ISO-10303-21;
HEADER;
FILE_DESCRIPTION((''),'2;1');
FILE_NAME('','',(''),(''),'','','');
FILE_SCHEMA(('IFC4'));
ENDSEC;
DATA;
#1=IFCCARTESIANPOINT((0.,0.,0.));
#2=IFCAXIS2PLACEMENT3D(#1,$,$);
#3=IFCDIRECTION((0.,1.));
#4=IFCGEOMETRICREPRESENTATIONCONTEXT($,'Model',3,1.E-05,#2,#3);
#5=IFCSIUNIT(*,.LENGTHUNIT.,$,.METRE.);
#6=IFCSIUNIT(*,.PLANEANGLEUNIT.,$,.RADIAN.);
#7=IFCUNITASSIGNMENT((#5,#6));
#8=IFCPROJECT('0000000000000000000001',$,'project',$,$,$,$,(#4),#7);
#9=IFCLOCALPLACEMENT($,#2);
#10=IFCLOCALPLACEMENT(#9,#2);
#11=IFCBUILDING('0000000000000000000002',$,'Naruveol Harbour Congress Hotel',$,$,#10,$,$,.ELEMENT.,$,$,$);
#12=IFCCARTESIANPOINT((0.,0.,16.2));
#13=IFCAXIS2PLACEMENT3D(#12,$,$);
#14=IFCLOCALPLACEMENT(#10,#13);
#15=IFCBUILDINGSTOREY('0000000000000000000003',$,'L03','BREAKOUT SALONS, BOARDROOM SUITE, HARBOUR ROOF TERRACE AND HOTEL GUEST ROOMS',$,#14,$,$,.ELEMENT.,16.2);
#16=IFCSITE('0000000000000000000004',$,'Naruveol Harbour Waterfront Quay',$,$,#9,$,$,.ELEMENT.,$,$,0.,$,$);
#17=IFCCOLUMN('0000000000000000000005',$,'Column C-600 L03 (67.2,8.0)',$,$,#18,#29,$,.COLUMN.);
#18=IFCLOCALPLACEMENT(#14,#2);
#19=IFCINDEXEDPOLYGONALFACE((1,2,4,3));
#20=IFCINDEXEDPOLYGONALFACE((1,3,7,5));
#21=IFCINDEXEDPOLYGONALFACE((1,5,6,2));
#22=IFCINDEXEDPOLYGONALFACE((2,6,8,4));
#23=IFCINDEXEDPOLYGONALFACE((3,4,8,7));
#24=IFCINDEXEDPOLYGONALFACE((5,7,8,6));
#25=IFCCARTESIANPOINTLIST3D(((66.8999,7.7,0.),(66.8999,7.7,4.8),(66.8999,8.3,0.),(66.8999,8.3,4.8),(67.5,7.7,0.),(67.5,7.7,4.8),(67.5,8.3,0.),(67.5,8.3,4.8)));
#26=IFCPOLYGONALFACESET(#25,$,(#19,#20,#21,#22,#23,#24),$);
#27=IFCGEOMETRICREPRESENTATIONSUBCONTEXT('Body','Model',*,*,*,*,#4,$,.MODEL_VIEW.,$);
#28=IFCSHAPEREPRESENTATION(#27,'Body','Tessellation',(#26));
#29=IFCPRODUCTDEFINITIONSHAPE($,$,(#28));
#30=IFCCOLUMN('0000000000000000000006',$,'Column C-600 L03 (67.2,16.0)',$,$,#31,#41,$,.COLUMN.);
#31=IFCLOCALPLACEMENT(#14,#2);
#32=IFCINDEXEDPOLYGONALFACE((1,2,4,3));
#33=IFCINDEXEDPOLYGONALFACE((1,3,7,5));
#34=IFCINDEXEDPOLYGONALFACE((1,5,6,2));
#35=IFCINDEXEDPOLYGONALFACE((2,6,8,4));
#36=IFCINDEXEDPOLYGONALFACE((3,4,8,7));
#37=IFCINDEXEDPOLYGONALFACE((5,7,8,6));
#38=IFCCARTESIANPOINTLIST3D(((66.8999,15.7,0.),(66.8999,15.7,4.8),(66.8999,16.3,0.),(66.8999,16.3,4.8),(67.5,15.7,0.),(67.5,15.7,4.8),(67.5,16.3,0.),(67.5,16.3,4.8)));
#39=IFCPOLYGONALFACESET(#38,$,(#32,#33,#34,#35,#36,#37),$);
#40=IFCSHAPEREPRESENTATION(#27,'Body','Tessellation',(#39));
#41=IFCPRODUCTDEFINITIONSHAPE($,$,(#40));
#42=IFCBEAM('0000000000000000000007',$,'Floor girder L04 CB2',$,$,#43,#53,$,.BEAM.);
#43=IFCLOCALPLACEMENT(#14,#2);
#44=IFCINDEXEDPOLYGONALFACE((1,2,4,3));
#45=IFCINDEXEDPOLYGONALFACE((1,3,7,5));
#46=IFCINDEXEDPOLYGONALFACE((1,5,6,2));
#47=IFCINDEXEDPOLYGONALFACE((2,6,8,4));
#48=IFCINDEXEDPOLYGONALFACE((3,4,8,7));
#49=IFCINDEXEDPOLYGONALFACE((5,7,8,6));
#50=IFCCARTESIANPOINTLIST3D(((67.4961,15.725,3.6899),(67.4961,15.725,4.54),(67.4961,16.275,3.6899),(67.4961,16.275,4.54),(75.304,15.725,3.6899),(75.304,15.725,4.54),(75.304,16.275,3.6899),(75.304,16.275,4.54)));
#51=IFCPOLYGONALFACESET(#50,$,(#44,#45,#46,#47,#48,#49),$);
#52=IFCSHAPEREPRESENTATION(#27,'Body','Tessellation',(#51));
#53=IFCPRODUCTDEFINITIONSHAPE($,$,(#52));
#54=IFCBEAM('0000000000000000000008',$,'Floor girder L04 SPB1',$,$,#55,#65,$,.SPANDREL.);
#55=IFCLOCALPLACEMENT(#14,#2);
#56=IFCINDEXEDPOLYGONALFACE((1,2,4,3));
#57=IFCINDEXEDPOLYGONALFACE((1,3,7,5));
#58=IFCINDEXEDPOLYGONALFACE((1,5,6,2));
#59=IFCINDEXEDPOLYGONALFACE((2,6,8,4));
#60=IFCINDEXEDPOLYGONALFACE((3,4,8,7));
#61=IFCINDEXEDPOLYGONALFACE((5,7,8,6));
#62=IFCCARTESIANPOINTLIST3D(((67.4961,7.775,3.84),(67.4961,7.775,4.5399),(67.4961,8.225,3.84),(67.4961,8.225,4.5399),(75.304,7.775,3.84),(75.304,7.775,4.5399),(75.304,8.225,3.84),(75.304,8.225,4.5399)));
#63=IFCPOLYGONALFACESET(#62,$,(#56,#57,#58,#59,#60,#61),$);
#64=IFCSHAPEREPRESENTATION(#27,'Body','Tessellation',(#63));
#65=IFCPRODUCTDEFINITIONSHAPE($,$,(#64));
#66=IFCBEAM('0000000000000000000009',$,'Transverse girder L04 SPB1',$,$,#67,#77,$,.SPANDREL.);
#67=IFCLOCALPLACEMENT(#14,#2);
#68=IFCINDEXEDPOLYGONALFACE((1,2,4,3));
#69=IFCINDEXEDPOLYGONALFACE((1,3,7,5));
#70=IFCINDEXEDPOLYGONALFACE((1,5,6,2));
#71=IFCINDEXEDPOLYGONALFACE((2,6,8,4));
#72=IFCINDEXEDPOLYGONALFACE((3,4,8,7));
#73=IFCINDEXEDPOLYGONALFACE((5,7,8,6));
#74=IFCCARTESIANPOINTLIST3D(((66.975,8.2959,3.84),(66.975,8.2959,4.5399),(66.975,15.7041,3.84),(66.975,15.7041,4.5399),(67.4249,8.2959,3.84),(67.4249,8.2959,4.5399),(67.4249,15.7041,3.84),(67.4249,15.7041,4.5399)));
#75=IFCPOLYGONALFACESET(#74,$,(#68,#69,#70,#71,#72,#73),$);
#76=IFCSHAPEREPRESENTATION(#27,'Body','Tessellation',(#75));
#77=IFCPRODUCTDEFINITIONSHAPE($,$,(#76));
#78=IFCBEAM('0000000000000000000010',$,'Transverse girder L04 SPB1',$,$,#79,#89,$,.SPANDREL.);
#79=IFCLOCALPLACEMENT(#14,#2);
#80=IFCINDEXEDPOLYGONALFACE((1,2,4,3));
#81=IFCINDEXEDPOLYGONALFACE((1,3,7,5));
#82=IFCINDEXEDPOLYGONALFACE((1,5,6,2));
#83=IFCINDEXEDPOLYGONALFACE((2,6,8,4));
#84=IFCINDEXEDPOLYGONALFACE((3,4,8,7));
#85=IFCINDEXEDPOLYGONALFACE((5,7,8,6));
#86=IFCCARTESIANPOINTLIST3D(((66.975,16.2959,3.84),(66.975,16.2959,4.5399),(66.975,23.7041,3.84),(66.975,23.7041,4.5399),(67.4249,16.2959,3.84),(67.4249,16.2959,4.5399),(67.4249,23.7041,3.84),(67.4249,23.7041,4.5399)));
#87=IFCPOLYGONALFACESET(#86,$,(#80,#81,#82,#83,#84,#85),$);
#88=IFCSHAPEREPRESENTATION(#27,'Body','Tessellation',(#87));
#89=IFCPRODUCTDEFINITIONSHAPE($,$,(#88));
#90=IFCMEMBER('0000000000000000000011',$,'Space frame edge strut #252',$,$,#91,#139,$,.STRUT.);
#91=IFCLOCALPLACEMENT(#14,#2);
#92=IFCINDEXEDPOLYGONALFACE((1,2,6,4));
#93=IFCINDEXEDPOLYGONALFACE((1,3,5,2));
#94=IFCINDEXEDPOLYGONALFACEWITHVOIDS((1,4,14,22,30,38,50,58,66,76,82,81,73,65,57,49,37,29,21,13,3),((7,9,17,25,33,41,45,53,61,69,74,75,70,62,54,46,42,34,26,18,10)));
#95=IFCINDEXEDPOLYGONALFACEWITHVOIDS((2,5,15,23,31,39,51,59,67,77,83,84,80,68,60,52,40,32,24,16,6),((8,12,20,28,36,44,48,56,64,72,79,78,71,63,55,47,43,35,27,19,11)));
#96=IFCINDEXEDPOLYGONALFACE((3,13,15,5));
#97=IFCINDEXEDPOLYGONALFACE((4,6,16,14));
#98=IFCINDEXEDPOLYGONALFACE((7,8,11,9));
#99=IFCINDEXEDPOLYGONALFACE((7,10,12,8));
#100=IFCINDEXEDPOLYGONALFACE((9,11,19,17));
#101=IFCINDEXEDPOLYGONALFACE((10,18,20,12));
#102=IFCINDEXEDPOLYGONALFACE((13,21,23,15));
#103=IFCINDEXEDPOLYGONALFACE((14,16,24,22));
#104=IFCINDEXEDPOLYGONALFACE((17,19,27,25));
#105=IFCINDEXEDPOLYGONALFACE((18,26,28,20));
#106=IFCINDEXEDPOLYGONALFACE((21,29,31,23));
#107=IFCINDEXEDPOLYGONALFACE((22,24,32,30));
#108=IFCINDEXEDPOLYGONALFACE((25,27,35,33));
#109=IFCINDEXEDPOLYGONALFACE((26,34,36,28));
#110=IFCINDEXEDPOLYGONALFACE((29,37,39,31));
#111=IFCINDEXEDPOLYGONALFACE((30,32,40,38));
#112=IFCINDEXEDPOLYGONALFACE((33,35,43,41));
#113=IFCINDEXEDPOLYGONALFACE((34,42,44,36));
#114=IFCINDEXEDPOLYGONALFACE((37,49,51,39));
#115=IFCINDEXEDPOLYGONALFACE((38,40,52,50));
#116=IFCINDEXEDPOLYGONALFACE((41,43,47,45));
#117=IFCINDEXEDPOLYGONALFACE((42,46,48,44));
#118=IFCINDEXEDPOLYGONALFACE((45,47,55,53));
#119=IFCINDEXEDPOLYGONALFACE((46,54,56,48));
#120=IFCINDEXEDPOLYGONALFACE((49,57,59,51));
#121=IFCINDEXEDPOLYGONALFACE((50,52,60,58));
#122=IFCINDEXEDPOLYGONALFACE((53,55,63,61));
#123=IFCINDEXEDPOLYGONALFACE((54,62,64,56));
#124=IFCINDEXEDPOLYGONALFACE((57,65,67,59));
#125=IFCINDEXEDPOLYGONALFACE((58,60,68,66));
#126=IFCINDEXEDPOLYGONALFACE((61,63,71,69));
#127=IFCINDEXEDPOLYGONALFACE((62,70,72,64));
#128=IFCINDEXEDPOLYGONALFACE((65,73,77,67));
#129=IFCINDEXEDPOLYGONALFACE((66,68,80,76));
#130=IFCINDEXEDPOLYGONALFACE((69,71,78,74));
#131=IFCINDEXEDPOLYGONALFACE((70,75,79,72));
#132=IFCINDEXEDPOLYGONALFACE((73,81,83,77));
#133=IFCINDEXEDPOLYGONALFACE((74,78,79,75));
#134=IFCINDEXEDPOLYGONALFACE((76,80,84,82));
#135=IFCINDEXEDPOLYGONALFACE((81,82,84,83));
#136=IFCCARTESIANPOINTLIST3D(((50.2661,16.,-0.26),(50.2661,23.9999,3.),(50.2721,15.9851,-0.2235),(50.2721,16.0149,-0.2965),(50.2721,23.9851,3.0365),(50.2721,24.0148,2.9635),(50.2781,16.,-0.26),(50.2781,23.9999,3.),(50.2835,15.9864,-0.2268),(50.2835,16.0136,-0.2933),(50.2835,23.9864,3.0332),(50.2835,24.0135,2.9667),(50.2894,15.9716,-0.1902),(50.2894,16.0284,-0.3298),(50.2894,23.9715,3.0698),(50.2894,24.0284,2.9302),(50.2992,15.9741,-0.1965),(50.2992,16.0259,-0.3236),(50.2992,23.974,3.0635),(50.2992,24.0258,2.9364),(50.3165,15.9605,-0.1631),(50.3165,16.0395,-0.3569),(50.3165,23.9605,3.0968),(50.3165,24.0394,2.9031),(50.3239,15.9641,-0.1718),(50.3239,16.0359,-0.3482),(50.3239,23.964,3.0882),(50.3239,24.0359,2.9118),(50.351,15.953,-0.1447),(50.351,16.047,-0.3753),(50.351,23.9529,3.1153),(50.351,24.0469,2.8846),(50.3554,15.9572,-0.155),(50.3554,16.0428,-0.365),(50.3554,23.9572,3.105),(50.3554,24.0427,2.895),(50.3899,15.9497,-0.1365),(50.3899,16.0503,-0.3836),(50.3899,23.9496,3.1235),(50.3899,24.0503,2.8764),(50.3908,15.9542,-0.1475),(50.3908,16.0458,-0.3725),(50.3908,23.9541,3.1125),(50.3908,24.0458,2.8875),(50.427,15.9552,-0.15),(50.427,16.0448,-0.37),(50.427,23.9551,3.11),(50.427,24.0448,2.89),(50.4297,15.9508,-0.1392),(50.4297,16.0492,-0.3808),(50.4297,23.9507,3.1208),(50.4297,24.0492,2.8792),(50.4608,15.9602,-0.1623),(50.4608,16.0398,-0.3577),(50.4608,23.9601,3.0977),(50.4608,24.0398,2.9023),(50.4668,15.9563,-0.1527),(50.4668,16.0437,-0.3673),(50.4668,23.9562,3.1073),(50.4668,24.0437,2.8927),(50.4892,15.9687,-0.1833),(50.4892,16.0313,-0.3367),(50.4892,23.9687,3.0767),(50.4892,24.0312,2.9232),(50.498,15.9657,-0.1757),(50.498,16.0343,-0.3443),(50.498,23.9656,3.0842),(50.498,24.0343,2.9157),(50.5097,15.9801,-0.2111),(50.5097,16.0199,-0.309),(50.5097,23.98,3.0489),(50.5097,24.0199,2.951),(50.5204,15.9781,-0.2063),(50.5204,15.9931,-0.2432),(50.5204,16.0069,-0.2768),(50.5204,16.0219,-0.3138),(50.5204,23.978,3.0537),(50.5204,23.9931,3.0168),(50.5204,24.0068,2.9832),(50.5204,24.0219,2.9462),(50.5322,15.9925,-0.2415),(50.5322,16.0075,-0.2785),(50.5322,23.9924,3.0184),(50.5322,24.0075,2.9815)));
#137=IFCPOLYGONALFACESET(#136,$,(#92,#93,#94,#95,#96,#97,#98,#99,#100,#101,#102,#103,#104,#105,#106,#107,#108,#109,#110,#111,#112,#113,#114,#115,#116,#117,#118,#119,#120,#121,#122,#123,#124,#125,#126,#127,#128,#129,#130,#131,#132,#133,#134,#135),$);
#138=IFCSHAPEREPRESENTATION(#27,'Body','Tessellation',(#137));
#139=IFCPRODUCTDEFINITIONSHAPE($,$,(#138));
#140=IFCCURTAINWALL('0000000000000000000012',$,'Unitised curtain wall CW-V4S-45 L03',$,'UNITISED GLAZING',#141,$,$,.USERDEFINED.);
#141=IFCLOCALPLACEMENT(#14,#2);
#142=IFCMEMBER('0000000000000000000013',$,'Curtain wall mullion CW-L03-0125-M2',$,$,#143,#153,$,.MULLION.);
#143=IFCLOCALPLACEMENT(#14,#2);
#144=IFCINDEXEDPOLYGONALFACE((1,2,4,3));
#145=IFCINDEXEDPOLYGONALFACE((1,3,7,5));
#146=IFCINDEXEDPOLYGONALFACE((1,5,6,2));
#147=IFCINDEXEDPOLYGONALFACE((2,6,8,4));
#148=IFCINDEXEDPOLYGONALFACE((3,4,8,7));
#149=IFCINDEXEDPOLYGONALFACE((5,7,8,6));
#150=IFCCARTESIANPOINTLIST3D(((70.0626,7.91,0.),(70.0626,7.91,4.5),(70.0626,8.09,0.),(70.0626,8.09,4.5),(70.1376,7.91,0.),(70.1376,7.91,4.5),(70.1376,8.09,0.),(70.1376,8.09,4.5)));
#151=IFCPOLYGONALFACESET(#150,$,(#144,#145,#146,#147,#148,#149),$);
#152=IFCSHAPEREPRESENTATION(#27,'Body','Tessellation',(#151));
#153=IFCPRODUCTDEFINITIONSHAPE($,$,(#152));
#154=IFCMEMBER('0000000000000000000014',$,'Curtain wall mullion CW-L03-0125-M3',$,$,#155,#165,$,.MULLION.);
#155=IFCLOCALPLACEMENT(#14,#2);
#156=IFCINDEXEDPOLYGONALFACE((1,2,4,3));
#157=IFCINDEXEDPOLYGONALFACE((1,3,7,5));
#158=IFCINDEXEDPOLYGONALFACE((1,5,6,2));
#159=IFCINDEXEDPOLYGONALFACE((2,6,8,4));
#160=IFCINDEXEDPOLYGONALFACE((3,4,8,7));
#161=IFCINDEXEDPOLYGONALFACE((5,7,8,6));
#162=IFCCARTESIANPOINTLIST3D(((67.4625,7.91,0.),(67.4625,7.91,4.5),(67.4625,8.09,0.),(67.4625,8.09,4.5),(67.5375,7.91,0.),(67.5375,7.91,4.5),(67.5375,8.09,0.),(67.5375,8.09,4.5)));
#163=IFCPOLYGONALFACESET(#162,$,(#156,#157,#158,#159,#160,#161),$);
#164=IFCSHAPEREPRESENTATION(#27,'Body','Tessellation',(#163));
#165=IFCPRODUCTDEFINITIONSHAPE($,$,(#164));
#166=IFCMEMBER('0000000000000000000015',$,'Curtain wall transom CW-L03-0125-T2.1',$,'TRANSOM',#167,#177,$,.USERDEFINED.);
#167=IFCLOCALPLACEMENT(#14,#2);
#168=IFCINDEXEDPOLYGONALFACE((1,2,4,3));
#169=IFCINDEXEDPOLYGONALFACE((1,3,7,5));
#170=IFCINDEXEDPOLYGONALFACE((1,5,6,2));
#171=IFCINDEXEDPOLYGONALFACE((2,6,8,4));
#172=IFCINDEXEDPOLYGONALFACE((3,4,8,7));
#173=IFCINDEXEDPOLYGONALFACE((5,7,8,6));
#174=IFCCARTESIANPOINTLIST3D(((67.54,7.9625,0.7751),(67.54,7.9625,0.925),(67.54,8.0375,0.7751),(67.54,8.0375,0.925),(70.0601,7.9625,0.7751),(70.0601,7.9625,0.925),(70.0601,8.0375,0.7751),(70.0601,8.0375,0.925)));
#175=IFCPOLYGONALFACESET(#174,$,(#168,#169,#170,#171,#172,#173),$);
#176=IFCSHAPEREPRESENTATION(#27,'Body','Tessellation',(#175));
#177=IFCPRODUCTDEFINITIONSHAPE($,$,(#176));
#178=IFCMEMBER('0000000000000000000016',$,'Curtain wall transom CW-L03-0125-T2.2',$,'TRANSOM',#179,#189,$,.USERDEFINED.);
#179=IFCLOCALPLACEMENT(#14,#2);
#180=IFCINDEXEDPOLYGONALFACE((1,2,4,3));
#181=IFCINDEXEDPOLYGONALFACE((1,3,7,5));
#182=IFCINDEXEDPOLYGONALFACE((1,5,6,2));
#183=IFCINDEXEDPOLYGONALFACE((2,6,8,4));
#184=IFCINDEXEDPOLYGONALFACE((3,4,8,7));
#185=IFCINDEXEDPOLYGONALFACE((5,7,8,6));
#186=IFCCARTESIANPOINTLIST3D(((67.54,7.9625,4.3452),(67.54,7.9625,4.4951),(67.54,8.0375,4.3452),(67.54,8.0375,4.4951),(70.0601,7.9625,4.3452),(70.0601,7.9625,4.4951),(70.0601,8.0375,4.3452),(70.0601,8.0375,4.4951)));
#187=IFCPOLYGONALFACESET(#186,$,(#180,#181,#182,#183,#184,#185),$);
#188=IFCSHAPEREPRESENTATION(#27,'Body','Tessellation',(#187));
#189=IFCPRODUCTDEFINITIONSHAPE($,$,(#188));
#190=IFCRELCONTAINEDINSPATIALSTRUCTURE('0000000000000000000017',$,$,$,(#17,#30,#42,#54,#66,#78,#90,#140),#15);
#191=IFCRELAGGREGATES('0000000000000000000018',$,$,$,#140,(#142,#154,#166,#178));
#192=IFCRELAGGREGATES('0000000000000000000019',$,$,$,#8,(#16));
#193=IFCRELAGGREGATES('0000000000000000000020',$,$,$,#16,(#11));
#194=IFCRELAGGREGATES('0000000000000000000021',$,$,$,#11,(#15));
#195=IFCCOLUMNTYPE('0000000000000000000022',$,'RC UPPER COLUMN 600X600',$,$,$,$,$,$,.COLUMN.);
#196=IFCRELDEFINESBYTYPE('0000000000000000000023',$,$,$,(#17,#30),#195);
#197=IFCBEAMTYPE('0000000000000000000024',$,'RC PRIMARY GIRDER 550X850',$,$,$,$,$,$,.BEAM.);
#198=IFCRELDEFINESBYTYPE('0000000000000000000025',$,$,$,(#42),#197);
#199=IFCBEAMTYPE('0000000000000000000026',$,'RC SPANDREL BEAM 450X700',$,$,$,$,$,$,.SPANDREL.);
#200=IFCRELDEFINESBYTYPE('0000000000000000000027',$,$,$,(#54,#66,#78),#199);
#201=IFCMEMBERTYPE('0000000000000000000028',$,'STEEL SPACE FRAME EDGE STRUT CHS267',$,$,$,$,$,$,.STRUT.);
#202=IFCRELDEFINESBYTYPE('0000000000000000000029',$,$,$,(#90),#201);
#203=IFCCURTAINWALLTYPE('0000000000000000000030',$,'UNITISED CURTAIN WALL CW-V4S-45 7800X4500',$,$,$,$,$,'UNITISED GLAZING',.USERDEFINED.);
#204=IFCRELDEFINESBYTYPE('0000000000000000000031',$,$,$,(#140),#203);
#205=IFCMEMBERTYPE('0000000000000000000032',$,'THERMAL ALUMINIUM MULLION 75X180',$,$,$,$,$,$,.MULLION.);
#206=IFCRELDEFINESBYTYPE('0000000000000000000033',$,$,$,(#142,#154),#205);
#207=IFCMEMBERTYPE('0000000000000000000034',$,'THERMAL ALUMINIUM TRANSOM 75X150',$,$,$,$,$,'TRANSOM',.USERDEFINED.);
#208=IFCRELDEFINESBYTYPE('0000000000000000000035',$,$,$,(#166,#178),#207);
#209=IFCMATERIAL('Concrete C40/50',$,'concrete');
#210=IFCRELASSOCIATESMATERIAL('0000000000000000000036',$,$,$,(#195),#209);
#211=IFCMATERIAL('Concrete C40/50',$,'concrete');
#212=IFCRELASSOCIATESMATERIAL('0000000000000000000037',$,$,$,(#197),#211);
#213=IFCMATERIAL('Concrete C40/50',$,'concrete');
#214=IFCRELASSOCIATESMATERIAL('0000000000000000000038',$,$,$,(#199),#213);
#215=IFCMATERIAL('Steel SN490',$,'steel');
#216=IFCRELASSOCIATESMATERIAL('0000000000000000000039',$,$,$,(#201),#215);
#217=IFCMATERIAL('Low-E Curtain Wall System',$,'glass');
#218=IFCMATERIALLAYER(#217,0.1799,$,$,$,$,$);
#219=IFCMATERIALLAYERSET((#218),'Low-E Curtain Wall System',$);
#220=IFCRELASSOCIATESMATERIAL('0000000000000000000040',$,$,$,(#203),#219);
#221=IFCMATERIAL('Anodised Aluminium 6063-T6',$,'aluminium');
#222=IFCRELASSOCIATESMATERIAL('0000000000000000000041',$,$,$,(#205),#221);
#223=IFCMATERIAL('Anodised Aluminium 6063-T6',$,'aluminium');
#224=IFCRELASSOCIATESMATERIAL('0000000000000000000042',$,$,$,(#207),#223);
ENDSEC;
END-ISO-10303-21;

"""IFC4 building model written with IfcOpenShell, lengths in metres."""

from ifc_helpers import new_model, si_unit, direction, frame, origin, origin_2d, place, context, subcontext, project, spatial, rectangle, hollow_circle, extrude, material, layer, layer_set, material_profile, profile_set, type_object, element, aggregate, save


model = new_model("IFC4")

# Units and contexts
model_context = context("Model", 3, precision=1e-05, world=origin(), true_north=direction((0.0, 1.0)))
body_context = subcontext(model_context, "Body", "Model", "MODEL_VIEW")
ifc_project = project(units=[si_unit("LENGTHUNIT", "METRE"), si_unit("PLANEANGLEUNIT", "RADIAN")], contexts=[model_context])

# Site, building, storey
site_placement = place(None, origin())
site = spatial("IfcSite", under=ifc_project, at=site_placement, Name="Naruveol Harbour Waterfront Quay", CompositionType="ELEMENT", RefElevation=0.0)
building_placement = place(site_placement, origin())
building = spatial("IfcBuilding", under=site, at=building_placement, Name="Naruveol Harbour Congress Hotel", CompositionType="ELEMENT")
storey_placement = place(building_placement, frame((0.0, 0.0, 16.2)))
storey = spatial("IfcBuildingStorey", under=building, at=storey_placement, Name="L03", Description="BREAKOUT SALONS, BOARDROOM SUITE, HARBOUR ROOF TERRACE AND HOTEL GUEST ROOMS", CompositionType="ELEMENT", Elevation=16.2)

# Columns
ifc_material_1 = material(Name="Concrete C40/50", Category="concrete")
ifc_material_profile_1 = material_profile(ifc_material_1, rectangle(XDim=0.6001, YDim=0.6001, at=origin_2d()), Name="RC-600x600")
ifc_profile_set_1 = profile_set([ifc_material_profile_1], Name="Concrete C40/50")
column_type = type_object("IfcColumnType", Name="RC UPPER COLUMN 600X600", PredefinedType="COLUMN", material=ifc_profile_set_1)
for number, where, z_axis, x_axis, name in (
    (1, (67.2, 8.0, 0.0), (0.0, 0.0, 1.0), (1.0, 0.0, 0.0), "Column C-600 L03 (67.2,8.0)"),
    (2, (67.2, 16.0, 0.0), (0.0, 0.0, 1.0), (1.0, 0.0, 0.0), "Column C-600 L03 (67.2,16.0)"),
):
    element("IfcColumn", number, at=place(storey_placement, frame(where, z_axis=z_axis, x_axis=x_axis)), inside=storey, type_object=column_type, Name=name, PredefinedType="COLUMN", context=body_context, shape_type="SweptSolid", body=[
        extrude(rectangle(XDim=0.6001, YDim=0.6001, at=origin_2d()), origin(), (0.0, 0.0, 1.0), 4.8),
    ])

# Beams
ifc_material_2 = material(Name="Concrete C40/50", Category="concrete")
ifc_material_profile_2 = material_profile(ifc_material_2, rectangle(XDim=0.55, YDim=0.8501, at=origin_2d()), Name="RCB-550x850")
ifc_profile_set_2 = profile_set([ifc_material_profile_2], Name="Concrete C40/50")
beam_type_1 = type_object("IfcBeamType", Name="RC PRIMARY GIRDER 550X850", PredefinedType="BEAM", material=ifc_profile_set_2)
beam_1_placement = place(storey_placement, frame((67.4961, 16.0, 4.115), z_axis=(1.0, 0.0, 0.0), x_axis=(0.0, 1.0, 0.0)))
element("IfcBeam", 3, at=beam_1_placement, inside=storey, type_object=beam_type_1, Name="Floor girder L04 CB2", PredefinedType="BEAM", context=body_context, shape_type="SweptSolid", body=[
    extrude(rectangle(XDim=0.55, YDim=0.8501, at=origin_2d()), origin(), (0.0, 0.0, 1.0), 7.8079),
])
ifc_material_3 = material(Name="Concrete C40/50", Category="concrete")
ifc_material_profile_3 = material_profile(ifc_material_3, rectangle(XDim=0.45, YDim=0.7, at=origin_2d()), Name="RCB-450x700")
ifc_profile_set_3 = profile_set([ifc_material_profile_3], Name="Concrete C40/50")
beam_type_2 = type_object("IfcBeamType", Name="RC SPANDREL BEAM 450X700", PredefinedType="SPANDREL", material=ifc_profile_set_3)
beam_2_placement = place(storey_placement, frame((67.4961, 8.0, 4.1899), z_axis=(1.0, 0.0, 0.0), x_axis=(0.0, 1.0, 0.0)))
element("IfcBeam", 4, at=beam_2_placement, inside=storey, type_object=beam_type_2, Name="Floor girder L04 SPB1", PredefinedType="SPANDREL", context=body_context, shape_type="SweptSolid", body=[
    extrude(rectangle(XDim=0.45, YDim=0.7, at=origin_2d()), origin(), (0.0, 0.0, 1.0), 7.8079),
])
for number, where, z_axis, x_axis, name in (
    (5, (67.2, 8.2959, 4.1899), (0.0, 1.0, 0.0), (-1.0, 0.0, 0.0), "Transverse girder L04 SPB1"),
    (6, (67.2, 16.2959, 4.1899), (0.0, 1.0, 0.0), (-1.0, 0.0, 0.0), "Transverse girder L04 SPB1"),
):
    element("IfcBeam", number, at=place(storey_placement, frame(where, z_axis=z_axis, x_axis=x_axis)), inside=storey, type_object=beam_type_2, Name=name, PredefinedType="SPANDREL", context=body_context, shape_type="SweptSolid", body=[
        extrude(rectangle(XDim=0.45, YDim=0.7, at=origin_2d()), origin(), (0.0, 0.0, 1.0), 7.4082),
    ])

# Member
ifc_material_4 = material(Name="Steel SN490", Category="steel")
ifc_material_profile_4 = material_profile(ifc_material_4, hollow_circle(Radius=0.1338, WallThickness=0.012, at=origin_2d()), Name="CHS-267.4x12")
ifc_profile_set_4 = profile_set([ifc_material_profile_4], Name="Steel SN490")
member_type_1 = type_object("IfcMemberType", Name="STEEL SPACE FRAME EDGE STRUT CHS267", PredefinedType="STRUT", material=ifc_profile_set_4)
member_1_placement = place(storey_placement, frame((50.3999, 16.0, -0.26), z_axis=(0.0, 0.926062, 0.377371), x_axis=(-1.0, 0.0, 0.0)))
element("IfcMember", 7, at=member_1_placement, inside=storey, type_object=member_type_1, Name="Space frame edge strut #252", PredefinedType="STRUT", context=body_context, shape_type="SweptSolid", body=[
    extrude(hollow_circle(Radius=0.1338, WallThickness=0.012, at=origin_2d()), origin(), (0.0, 0.0, 1.0), 8.6387),
])

# Curtain wall, members
ifc_material_5 = material(Name="Low-E Curtain Wall System", Category="glass")
ifc_layer_1 = layer(ifc_material_5, 0.1799)
ifc_layer_set_1 = layer_set([ifc_layer_1], Name="Low-E Curtain Wall System")
curtain_wall_type = type_object("IfcCurtainWallType", Name="UNITISED CURTAIN WALL CW-V4S-45 7800X4500", ElementType="UNITISED GLAZING", PredefinedType="USERDEFINED", material=ifc_layer_set_1)
curtain_wall_placement = place(storey_placement, origin())
curtain_wall = element("IfcCurtainWall", 8, at=curtain_wall_placement, inside=storey, type_object=curtain_wall_type, Name="Unitised curtain wall CW-V4S-45 L03", ObjectType="UNITISED GLAZING", PredefinedType="USERDEFINED")
ifc_material_6 = material(Name="Anodised Aluminium 6063-T6", Category="aluminium")
ifc_material_profile_5 = material_profile(ifc_material_6, rectangle(XDim=0.075, YDim=0.1799, at=origin_2d()), Name="ALU-75x180")
ifc_profile_set_5 = profile_set([ifc_material_profile_5], Name="Anodised Aluminium 6063-T6")
member_type_2 = type_object("IfcMemberType", Name="THERMAL ALUMINIUM MULLION 75X180", PredefinedType="MULLION", material=ifc_profile_set_5)
member_2_placement = place(storey_placement, frame((70.1001, 8.0, 0.0), z_axis=(0.0, 0.0, 1.0), x_axis=(1.0, 0.0, 0.0)))
member_2 = element("IfcMember", 9, at=member_2_placement, type_object=member_type_2, Name="Curtain wall mullion CW-L03-0125-M2", PredefinedType="MULLION", context=body_context, shape_type="SweptSolid", body=[
    extrude(rectangle(XDim=0.075, YDim=0.1799, at=origin_2d()), origin(), (0.0, 0.0, 1.0), 4.5),
])
member_3_placement = place(storey_placement, frame((67.5, 8.0, 0.0), z_axis=(0.0, 0.0, 1.0), x_axis=(1.0, 0.0, 0.0)))
member_3 = element("IfcMember", 10, at=member_3_placement, type_object=member_type_2, Name="Curtain wall mullion CW-L03-0125-M3", PredefinedType="MULLION", context=body_context, shape_type="SweptSolid", body=[
    extrude(rectangle(XDim=0.075, YDim=0.1799, at=origin_2d()), origin(), (0.0, 0.0, 1.0), 4.5),
])
ifc_material_7 = material(Name="Anodised Aluminium 6063-T6", Category="aluminium")
ifc_material_profile_6 = material_profile(ifc_material_7, rectangle(XDim=0.075, YDim=0.1499, at=origin_2d()), Name="ALU-75x150")
ifc_profile_set_6 = profile_set([ifc_material_profile_6], Name="Anodised Aluminium 6063-T6")
member_type_3 = type_object("IfcMemberType", Name="THERMAL ALUMINIUM TRANSOM 75X150", ElementType="TRANSOM", PredefinedType="USERDEFINED", material=ifc_profile_set_6)
member_4_placement = place(storey_placement, frame((70.0601, 8.0, 0.8501), z_axis=(-1.0, 0.0, 0.0), x_axis=(0.0, -1.0, 0.0)))
member_4 = element("IfcMember", 11, at=member_4_placement, type_object=member_type_3, Name="Curtain wall transom CW-L03-0125-T2.1", ObjectType="TRANSOM", PredefinedType="USERDEFINED", context=body_context, shape_type="SweptSolid", body=[
    extrude(rectangle(XDim=0.075, YDim=0.1499, at=origin_2d()), origin(), (0.0, 0.0, 1.0), 2.52),
])
member_5_placement = place(storey_placement, frame((70.0601, 8.0, 4.4202), z_axis=(-1.0, 0.0, 0.0), x_axis=(0.0, -1.0, 0.0)))
member_5 = element("IfcMember", 12, at=member_5_placement, type_object=member_type_3, Name="Curtain wall transom CW-L03-0125-T2.2", ObjectType="TRANSOM", PredefinedType="USERDEFINED", context=body_context, shape_type="SweptSolid", body=[
    extrude(rectangle(XDim=0.075, YDim=0.1499, at=origin_2d()), origin(), (0.0, 0.0, 1.0), 2.52),
])
aggregate(curtain_wall, [member_2, member_3, member_4, member_5])

save(model, "model.ifc")
